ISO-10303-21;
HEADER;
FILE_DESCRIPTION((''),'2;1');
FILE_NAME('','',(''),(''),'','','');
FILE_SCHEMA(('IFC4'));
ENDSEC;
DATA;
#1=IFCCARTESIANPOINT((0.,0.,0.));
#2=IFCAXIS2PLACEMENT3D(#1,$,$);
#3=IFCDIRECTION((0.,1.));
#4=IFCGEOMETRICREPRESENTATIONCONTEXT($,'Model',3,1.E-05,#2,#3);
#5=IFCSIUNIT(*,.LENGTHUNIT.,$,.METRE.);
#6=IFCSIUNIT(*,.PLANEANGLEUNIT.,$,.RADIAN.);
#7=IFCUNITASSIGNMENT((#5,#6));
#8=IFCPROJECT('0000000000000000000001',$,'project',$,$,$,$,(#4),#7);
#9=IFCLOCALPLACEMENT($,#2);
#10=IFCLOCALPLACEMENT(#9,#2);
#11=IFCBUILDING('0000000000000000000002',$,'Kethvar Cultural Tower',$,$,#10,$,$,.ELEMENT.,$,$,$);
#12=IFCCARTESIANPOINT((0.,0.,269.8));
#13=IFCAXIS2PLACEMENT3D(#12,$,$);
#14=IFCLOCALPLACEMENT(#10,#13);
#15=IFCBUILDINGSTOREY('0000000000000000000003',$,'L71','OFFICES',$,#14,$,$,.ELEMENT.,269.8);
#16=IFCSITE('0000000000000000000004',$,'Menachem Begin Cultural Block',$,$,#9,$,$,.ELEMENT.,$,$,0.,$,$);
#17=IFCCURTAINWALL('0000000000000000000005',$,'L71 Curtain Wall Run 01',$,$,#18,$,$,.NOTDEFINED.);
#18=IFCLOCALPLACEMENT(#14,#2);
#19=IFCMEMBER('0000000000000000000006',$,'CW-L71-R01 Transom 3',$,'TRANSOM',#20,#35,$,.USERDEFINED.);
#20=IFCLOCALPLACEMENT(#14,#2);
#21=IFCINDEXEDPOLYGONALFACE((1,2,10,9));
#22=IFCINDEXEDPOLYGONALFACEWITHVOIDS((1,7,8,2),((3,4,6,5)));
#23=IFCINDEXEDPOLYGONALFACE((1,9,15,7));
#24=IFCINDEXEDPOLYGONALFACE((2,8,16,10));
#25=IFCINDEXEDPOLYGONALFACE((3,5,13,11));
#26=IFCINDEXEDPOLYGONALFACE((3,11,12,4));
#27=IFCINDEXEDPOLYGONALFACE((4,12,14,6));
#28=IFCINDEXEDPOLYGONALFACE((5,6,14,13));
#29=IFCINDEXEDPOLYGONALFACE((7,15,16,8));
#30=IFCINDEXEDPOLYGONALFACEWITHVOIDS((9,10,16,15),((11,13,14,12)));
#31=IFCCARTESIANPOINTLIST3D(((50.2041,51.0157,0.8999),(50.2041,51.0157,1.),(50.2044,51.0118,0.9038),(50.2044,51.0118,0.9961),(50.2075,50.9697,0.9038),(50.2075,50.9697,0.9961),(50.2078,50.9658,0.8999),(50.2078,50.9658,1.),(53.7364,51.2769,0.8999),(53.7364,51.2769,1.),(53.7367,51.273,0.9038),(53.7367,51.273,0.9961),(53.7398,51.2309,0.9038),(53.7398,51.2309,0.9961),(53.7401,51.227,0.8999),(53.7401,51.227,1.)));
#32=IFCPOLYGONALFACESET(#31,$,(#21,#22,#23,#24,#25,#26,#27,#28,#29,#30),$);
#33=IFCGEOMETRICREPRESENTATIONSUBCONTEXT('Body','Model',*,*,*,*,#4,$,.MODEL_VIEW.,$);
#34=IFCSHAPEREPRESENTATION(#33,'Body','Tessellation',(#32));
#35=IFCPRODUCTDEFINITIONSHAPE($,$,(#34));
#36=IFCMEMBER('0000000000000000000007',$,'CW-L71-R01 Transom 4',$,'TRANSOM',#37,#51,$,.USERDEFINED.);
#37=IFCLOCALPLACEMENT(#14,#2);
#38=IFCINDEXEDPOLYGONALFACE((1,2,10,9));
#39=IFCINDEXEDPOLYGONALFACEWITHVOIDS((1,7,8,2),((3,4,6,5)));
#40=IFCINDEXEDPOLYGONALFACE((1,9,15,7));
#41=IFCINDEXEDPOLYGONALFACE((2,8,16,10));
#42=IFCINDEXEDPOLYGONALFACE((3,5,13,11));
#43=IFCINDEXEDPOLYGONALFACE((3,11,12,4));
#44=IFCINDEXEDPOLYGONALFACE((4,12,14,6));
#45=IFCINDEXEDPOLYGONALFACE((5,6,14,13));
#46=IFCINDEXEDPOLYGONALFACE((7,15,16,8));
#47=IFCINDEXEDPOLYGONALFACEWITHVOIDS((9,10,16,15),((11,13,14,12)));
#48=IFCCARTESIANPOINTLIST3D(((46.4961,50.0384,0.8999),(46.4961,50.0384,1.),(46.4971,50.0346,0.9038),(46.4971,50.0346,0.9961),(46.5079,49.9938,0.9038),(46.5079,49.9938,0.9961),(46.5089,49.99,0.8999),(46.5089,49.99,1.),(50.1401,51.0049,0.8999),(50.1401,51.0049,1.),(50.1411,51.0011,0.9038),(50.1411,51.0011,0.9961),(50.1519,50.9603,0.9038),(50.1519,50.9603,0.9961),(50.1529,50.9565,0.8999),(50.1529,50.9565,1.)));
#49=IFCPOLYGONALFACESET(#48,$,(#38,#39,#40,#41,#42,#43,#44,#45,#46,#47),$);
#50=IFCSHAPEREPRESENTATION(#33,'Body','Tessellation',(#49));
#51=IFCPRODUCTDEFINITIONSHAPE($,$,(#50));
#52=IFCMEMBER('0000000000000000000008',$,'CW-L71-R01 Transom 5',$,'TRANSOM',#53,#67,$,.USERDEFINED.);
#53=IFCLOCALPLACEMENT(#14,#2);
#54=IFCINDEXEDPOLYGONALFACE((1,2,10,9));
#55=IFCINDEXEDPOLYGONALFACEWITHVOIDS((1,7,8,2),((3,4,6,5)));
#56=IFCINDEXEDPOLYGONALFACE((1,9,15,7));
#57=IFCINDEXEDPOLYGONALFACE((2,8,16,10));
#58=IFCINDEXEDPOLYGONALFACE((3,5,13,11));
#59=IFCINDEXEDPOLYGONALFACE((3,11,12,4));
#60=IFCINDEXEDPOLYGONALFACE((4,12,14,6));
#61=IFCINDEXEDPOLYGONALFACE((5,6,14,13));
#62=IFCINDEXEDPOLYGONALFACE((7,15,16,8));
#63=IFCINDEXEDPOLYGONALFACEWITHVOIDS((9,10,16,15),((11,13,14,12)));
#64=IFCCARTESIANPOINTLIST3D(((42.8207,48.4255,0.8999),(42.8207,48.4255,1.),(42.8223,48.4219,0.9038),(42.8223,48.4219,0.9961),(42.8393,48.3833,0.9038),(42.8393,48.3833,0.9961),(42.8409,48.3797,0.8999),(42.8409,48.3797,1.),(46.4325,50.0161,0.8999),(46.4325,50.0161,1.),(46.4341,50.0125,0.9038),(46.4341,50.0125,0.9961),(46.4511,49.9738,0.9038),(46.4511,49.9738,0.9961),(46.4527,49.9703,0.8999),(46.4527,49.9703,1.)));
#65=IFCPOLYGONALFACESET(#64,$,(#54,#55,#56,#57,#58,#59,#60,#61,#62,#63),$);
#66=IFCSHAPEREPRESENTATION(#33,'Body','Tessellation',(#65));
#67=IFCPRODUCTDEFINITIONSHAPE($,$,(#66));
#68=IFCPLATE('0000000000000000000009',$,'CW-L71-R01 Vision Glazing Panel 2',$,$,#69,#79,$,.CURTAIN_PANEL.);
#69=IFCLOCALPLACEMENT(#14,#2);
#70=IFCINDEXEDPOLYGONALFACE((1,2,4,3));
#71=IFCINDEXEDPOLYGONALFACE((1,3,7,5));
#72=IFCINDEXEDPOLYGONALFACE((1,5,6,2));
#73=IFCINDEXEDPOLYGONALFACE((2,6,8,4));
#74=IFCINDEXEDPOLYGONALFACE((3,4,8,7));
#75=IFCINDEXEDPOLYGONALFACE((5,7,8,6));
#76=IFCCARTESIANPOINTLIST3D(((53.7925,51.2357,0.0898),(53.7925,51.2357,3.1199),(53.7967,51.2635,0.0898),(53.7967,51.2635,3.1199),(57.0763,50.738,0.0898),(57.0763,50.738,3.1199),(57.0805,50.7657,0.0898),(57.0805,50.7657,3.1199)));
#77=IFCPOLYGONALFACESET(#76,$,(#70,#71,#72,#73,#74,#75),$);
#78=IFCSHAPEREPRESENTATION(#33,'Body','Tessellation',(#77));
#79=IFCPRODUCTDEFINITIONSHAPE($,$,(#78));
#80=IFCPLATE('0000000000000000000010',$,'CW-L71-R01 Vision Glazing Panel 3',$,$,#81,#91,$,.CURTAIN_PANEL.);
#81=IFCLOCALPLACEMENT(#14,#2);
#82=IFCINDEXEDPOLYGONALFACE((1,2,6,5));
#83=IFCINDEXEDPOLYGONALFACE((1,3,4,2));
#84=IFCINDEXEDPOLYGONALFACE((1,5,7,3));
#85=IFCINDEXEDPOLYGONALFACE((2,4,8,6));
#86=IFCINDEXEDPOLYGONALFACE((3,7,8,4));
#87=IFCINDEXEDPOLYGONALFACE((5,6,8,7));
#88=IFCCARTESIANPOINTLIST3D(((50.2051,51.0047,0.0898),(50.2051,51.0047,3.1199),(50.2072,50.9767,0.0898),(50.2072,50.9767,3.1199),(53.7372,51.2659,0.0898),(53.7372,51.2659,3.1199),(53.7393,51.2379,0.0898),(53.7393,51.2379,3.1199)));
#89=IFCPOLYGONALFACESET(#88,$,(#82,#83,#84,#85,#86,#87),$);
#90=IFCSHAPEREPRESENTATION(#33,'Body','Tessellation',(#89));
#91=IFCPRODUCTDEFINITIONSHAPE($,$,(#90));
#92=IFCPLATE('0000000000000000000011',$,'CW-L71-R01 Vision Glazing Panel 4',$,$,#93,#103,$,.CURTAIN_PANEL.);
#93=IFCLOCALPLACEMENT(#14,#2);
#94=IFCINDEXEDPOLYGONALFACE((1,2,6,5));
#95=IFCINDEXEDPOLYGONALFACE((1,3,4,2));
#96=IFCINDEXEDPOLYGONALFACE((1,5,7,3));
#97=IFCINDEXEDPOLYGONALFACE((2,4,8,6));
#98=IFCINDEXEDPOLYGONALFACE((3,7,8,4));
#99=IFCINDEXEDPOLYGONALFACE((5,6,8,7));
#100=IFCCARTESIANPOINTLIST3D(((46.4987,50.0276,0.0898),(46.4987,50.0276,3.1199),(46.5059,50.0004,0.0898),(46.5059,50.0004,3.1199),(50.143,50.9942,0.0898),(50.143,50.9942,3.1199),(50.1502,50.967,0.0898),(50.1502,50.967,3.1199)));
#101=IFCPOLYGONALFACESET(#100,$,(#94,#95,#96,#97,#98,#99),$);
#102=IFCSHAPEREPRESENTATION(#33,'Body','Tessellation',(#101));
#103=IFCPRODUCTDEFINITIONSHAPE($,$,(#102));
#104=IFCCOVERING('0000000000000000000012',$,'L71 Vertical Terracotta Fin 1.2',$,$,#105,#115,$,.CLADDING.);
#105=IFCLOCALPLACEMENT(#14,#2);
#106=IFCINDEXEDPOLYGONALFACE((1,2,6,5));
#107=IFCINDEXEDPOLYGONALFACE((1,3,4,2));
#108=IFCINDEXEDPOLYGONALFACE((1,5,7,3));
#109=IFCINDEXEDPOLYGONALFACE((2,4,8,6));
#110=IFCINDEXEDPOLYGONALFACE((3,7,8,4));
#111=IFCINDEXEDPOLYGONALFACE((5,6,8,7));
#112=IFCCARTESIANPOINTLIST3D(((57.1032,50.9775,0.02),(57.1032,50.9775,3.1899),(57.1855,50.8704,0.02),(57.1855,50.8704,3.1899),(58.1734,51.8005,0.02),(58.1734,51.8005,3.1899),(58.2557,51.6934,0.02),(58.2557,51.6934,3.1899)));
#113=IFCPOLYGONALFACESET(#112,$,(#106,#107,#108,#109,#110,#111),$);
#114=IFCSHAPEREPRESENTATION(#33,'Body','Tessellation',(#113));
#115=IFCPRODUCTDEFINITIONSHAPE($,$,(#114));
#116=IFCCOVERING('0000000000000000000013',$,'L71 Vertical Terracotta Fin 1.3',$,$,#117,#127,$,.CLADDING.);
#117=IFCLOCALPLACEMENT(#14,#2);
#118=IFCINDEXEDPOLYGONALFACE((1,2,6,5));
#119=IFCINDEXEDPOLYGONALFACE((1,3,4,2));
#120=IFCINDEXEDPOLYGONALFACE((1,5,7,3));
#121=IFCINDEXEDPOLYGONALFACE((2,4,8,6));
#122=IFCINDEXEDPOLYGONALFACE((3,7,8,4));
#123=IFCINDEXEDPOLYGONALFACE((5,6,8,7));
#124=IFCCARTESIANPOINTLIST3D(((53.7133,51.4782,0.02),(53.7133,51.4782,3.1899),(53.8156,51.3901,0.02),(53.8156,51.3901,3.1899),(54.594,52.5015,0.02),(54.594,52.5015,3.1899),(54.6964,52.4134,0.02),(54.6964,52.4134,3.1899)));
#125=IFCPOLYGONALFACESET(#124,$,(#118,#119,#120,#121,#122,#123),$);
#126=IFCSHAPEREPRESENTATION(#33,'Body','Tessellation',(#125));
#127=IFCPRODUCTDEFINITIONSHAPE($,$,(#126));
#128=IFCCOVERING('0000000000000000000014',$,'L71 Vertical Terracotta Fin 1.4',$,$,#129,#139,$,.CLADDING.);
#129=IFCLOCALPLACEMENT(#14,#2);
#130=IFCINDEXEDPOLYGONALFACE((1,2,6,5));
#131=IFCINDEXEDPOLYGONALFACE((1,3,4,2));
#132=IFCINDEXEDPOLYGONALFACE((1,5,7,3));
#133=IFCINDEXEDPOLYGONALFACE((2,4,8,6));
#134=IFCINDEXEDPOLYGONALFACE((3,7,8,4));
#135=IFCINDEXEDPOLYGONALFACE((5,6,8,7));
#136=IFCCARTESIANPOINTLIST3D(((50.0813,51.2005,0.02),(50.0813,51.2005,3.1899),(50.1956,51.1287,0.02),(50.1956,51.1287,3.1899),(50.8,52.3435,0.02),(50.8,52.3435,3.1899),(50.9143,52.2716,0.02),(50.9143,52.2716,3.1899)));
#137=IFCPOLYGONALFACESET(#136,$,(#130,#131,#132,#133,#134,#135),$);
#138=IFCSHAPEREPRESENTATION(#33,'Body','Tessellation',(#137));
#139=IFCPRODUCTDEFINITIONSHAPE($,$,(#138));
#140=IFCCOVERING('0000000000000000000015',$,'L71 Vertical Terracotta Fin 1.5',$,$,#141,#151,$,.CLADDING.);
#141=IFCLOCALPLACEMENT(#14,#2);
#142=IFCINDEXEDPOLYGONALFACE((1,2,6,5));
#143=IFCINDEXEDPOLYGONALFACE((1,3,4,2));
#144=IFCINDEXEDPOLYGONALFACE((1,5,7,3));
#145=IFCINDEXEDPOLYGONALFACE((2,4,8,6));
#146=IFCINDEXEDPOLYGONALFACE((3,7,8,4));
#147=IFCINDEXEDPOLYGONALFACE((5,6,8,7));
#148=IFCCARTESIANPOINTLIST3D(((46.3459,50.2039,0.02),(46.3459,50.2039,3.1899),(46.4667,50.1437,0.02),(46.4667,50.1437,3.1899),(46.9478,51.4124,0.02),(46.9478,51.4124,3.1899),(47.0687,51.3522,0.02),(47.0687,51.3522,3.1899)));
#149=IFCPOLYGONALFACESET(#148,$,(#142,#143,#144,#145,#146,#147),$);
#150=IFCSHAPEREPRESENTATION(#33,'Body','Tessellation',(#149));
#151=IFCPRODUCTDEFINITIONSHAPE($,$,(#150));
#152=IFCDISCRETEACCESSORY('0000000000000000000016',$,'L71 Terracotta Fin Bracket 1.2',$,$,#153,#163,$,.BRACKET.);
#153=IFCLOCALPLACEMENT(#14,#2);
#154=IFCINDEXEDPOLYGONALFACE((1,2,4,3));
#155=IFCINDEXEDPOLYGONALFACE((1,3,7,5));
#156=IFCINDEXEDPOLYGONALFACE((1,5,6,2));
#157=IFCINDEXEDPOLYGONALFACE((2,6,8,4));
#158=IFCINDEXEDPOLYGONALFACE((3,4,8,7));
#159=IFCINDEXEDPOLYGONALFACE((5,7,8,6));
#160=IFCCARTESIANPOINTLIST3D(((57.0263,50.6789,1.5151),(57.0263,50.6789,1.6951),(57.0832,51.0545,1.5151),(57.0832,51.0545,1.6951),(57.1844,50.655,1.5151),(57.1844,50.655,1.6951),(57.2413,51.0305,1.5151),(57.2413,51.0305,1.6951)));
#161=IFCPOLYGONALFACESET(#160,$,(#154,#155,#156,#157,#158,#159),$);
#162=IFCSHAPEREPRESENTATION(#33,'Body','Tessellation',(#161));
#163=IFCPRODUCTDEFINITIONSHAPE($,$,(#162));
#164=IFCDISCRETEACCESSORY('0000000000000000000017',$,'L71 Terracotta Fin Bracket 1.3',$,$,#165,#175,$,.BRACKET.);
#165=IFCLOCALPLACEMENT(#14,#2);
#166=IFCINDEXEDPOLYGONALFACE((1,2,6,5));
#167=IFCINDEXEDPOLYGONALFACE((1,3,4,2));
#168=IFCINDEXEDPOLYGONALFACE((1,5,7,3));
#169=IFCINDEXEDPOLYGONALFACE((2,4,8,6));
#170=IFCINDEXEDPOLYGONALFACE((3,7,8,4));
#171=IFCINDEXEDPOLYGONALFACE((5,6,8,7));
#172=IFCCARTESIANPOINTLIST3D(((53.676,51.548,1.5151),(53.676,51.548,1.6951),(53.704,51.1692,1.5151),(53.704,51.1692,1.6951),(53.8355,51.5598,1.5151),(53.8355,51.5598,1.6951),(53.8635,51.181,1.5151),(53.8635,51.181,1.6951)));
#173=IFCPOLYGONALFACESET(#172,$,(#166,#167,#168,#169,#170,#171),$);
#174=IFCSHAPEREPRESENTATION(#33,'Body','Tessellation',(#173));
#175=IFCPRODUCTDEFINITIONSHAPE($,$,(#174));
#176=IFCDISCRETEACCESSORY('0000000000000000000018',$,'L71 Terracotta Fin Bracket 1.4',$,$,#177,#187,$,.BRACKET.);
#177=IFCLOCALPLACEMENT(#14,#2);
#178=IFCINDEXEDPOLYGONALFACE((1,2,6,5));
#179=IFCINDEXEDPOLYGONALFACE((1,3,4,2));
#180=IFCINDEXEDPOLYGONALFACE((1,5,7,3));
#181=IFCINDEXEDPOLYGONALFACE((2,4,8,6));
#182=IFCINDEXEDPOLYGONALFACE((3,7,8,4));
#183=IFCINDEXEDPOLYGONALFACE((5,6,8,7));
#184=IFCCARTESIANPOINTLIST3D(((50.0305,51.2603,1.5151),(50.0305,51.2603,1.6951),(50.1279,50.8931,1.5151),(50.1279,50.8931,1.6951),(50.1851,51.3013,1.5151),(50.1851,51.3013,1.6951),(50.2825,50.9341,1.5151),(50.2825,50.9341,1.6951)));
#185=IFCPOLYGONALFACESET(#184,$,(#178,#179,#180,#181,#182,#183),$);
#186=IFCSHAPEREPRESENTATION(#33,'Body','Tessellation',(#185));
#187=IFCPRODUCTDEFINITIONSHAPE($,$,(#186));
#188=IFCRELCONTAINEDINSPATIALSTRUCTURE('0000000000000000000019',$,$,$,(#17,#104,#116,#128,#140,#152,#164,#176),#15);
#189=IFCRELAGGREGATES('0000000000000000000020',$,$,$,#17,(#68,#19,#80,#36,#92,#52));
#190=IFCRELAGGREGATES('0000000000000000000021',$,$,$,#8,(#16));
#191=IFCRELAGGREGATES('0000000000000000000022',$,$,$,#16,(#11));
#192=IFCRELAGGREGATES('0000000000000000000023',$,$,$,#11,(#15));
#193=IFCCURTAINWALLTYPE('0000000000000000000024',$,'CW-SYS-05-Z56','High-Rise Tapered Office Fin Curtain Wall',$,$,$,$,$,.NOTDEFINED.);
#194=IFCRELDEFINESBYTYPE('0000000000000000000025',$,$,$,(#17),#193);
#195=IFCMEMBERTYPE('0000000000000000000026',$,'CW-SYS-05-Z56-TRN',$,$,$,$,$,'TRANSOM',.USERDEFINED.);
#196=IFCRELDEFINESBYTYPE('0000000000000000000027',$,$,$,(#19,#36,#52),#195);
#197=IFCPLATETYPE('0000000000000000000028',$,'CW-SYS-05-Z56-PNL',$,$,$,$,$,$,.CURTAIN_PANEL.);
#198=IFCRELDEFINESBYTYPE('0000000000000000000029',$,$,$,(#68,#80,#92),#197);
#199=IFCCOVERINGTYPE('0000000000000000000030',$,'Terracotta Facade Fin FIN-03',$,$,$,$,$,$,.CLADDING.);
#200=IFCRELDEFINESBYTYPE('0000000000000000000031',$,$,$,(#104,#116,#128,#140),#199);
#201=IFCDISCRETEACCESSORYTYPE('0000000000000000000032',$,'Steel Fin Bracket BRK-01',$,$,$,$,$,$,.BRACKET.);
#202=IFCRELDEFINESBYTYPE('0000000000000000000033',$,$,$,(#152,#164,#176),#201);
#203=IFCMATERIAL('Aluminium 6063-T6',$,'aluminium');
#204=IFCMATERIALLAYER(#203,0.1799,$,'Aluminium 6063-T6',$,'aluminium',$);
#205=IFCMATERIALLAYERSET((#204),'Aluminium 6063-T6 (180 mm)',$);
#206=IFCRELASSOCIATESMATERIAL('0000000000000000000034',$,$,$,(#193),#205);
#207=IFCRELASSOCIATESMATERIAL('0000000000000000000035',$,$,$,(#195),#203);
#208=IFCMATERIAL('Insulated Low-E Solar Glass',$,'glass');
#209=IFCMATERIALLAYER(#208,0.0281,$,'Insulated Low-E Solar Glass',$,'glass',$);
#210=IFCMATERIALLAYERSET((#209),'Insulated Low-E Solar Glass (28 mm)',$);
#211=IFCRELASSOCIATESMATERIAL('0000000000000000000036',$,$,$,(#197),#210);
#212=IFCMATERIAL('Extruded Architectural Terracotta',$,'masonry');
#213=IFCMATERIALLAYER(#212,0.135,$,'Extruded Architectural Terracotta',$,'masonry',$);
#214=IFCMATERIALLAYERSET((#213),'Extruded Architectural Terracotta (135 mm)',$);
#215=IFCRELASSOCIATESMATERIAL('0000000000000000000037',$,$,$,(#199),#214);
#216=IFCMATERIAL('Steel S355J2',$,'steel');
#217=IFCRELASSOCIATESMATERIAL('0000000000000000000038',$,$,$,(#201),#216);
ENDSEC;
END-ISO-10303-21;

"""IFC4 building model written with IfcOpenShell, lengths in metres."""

from ifc_helpers import new_model, si_unit, direction, frame, origin, origin_2d, place, context, subcontext, project, spatial, rectangle, hollow_rectangle, extrude, source, transform, mapped, material, layer, layer_set, material_profile, profile_set, type_object, element, aggregate, save


model = new_model("IFC4")

# Units and contexts
model_context = context("Model", 3, precision=1e-05, world=origin(), true_north=direction((0.0, 1.0)))
body_context = subcontext(model_context, "Body", "Model", "MODEL_VIEW")
ifc_project = project(units=[si_unit("LENGTHUNIT", "METRE"), si_unit("PLANEANGLEUNIT", "RADIAN")], contexts=[model_context])

# Site, building, storey
site_placement = place(None, origin())
site = spatial("IfcSite", under=ifc_project, at=site_placement, Name="Menachem Begin Cultural Block", CompositionType="ELEMENT", RefElevation=0.0)
building_placement = place(site_placement, origin())
building = spatial("IfcBuilding", under=site, at=building_placement, Name="Kethvar Cultural Tower", CompositionType="ELEMENT")
storey_placement = place(building_placement, frame((0.0, 0.0, 269.8)))
storey = spatial("IfcBuildingStorey", under=building, at=storey_placement, Name="L71", Description="OFFICES", CompositionType="ELEMENT", Elevation=269.8)

# Shared definitions
ifc_material_1 = material(Name="Steel S355J2", Category="steel")

# Curtain wall, members, plates
ifc_material_2 = material(Name="Aluminium 6063-T6", Category="aluminium")
ifc_layer_1 = layer(ifc_material_2, 0.1799, Name="Aluminium 6063-T6", Category="aluminium")
ifc_layer_set_1 = layer_set([ifc_layer_1], Name="Aluminium 6063-T6 (180 mm)")
curtain_wall_type = type_object("IfcCurtainWallType", Name="CW-SYS-05-Z56", Description="High-Rise Tapered Office Fin Curtain Wall", PredefinedType="NOTDEFINED", material=ifc_layer_set_1)
curtain_wall_placement = place(storey_placement, origin())
curtain_wall = element("IfcCurtainWall", 1, at=curtain_wall_placement, inside=storey, type_object=curtain_wall_type, Name="L71 Curtain Wall Run 01", PredefinedType="NOTDEFINED")
ifc_material_profile_1 = material_profile(ifc_material_2, hollow_rectangle(XDim=0.05, YDim=0.1001, WallThickness=0.0039, at=origin_2d()), Name="Aluminium 6063-T6 — RHS100x50x4")
ifc_profile_set_1 = profile_set([ifc_material_profile_1], Name="Aluminium 6063-T6 — RHS100x50x4")
member_type_1 = type_object("IfcMemberType", Name="CW-SYS-05-Z56-TRN", ElementType="TRANSOM", PredefinedType="USERDEFINED", material=ifc_profile_set_1)
shared_shape_1 = source(origin(), body_context, "Body", "SweptSolid", [
    extrude(hollow_rectangle(XDim=0.05, YDim=0.1001, WallThickness=0.0039, at=origin_2d()), origin(), (0.0, 0.0, 1.0), 3.542),
])
member_1_placement = place(storey_placement, frame((53.7383, 51.252, 0.95), z_axis=(-0.997276, -0.073755, 0.0), x_axis=(0.073755, -0.997276, 0.0)))
member_1 = element("IfcMember", 2, at=member_1_placement, type_object=member_type_1, Name="CW-L71-R01 Transom 3", ObjectType="TRANSOM", PredefinedType="USERDEFINED", context=body_context, shape_type="MappedRepresentation", body=[
    mapped(shared_shape_1, transform((0.0, 0.0, 0.0), scale=1.0)),
])
shared_shape_2 = source(origin(), body_context, "Body", "SweptSolid", [
    extrude(hollow_rectangle(XDim=0.05, YDim=0.1001, WallThickness=0.0039, at=origin_2d()), origin(), (0.0, 0.0, 1.0), 3.77),
])
member_2_placement = place(storey_placement, frame((50.1465, 50.9807, 0.95), z_axis=(-0.966577, -0.256377, 0.0), x_axis=(0.256377, -0.966577, 0.0)))
member_2 = element("IfcMember", 3, at=member_2_placement, type_object=member_type_1, Name="CW-L71-R01 Transom 4", ObjectType="TRANSOM", PredefinedType="USERDEFINED", context=body_context, shape_type="MappedRepresentation", body=[
    mapped(shared_shape_2, transform((0.0, 0.0, 0.0), scale=1.0)),
])
shared_shape_3 = source(origin(), body_context, "Body", "SweptSolid", [
    extrude(hollow_rectangle(XDim=0.05, YDim=0.1001, WallThickness=0.0039, at=origin_2d()), origin(), (0.0, 0.0, 1.0), 3.9465),
])
member_3_placement = place(storey_placement, frame((46.4426, 49.9932, 0.95), z_axis=(-0.915186, -0.403031, 0.0), x_axis=(0.403031, -0.915186, 0.0)))
member_3 = element("IfcMember", 4, at=member_3_placement, type_object=member_type_1, Name="CW-L71-R01 Transom 5", ObjectType="TRANSOM", PredefinedType="USERDEFINED", context=body_context, shape_type="MappedRepresentation", body=[
    mapped(shared_shape_3, transform((0.0, 0.0, 0.0), scale=1.0)),
])
ifc_material_3 = material(Name="Insulated Low-E Solar Glass", Category="glass")
ifc_layer_2 = layer(ifc_material_3, 0.0281, Name="Insulated Low-E Solar Glass", Category="glass")
ifc_layer_set_2 = layer_set([ifc_layer_2], Name="Insulated Low-E Solar Glass (28 mm)")
plate_type = type_object("IfcPlateType", Name="CW-SYS-05-Z56-PNL", PredefinedType="CURTAIN_PANEL", material=ifc_layer_set_2)
shared_shape_4 = source(origin(), body_context, "Body", "SweptSolid", [
    extrude(rectangle(XDim=3.3213, YDim=0.0281, at=origin_2d()), origin(), (0.0, 0.0, 1.0), 3.03),
])
plate_1_placement = place(storey_placement, frame((55.4365, 51.0007, 0.0898), z_axis=(0.0, 0.0, 1.0), x_axis=(-0.988707, 0.149863, 0.0)))
plate_1 = element("IfcPlate", 5, at=plate_1_placement, type_object=plate_type, Name="CW-L71-R01 Vision Glazing Panel 2", PredefinedType="CURTAIN_PANEL", context=body_context, shape_type="MappedRepresentation", body=[
    mapped(shared_shape_4, transform((0.0, 0.0, 0.0), scale=1.0)),
])
shared_shape_5 = source(origin(), body_context, "Body", "SweptSolid", [
    extrude(rectangle(XDim=3.5417, YDim=0.0281, at=origin_2d()), origin(), (0.0, 0.0, 1.0), 3.03),
])
plate_2_placement = place(storey_placement, frame((51.9722, 51.1213, 0.0898), z_axis=(0.0, 0.0, 1.0), x_axis=(-0.997277, -0.073743, 0.0)))
plate_2 = element("IfcPlate", 6, at=plate_2_placement, type_object=plate_type, Name="CW-L71-R01 Vision Glazing Panel 3", PredefinedType="CURTAIN_PANEL", context=body_context, shape_type="MappedRepresentation", body=[
    mapped(shared_shape_5, transform((0.0, 0.0, 0.0), scale=1.0)),
])
shared_shape_6 = source(origin(), body_context, "Body", "SweptSolid", [
    extrude(rectangle(XDim=3.7703, YDim=0.0281, at=origin_2d()), origin(), (0.0, 0.0, 1.0), 3.03),
])
plate_3_placement = place(storey_placement, frame((48.3245, 50.4973, 0.0898), z_axis=(0.0, 0.0, 1.0), x_axis=(-0.966578, -0.256374, 0.0)))
plate_3 = element("IfcPlate", 7, at=plate_3_placement, type_object=plate_type, Name="CW-L71-R01 Vision Glazing Panel 4", PredefinedType="CURTAIN_PANEL", context=body_context, shape_type="MappedRepresentation", body=[
    mapped(shared_shape_6, transform((0.0, 0.0, 0.0), scale=1.0)),
])
aggregate(curtain_wall, [plate_1, member_1, plate_2, member_2, plate_3, member_3])

# Coverings
ifc_material_4 = material(Name="Extruded Architectural Terracotta", Category="masonry")
ifc_layer_3 = layer(ifc_material_4, 0.135, Name="Extruded Architectural Terracotta", Category="masonry")
ifc_layer_set_3 = layer_set([ifc_layer_3], Name="Extruded Architectural Terracotta (135 mm)")
covering_type = type_object("IfcCoveringType", Name="Terracotta Facade Fin FIN-03", PredefinedType="CLADDING", material=ifc_layer_set_3)
shared_shape_7 = source(origin(), body_context, "Body", "SweptSolid", [
    extrude(rectangle(XDim=1.3501, YDim=0.135, at=origin_2d()), origin(), (0.0, 0.0, 1.0), 3.1699),
])
for number, where, z_axis, x_axis, name in (
    (8, (57.6794, 51.3354, 0.02), (0.0, 0.0, 1.0), (0.792715, 0.609592, 0.0), "L71 Vertical Terracotta Fin 1.2"),
    (9, (54.2048, 51.9458, 0.02), (0.0, 0.0, 1.0), (0.652363, 0.757907, 0.0), "L71 Vertical Terracotta Fin 1.3"),
    (10, (50.4978, 51.7361, 0.02), (0.0, 0.0, 1.0), (0.532285, 0.846565, 0.0), "L71 Vertical Terracotta Fin 1.4"),
    (11, (46.7073, 50.7781, 0.02), (0.0, 0.0, 1.0), (0.445885, 0.89509, 0.0), "L71 Vertical Terracotta Fin 1.5"),
):
    element("IfcCovering", number, at=place(storey_placement, frame(where, z_axis=z_axis, x_axis=x_axis)), inside=storey, type_object=covering_type, Name=name, PredefinedType="CLADDING", context=body_context, shape_type="MappedRepresentation", body=[
        mapped(shared_shape_7, transform((0.0, 0.0, 0.0), scale=1.0)),
    ])

# Discrete accessories
discrete_accessory_type = type_object("IfcDiscreteAccessoryType", Name="Steel Fin Bracket BRK-01", PredefinedType="BRACKET", material=ifc_material_1)
shared_shape_8 = source(origin(), body_context, "Body", "SweptSolid", [
    extrude(rectangle(XDim=0.3799, YDim=0.1599, at=origin_2d()), origin(), (0.0, 0.0, 1.0), 0.1799),
])
for number, where, z_axis, x_axis, name in (
    (12, (57.1338, 50.8547, 1.5151), (0.0, 0.0, 1.0), (0.14988, 0.988704, 0.0), "L71 Terracotta Fin Bracket 1.2"),
    (13, (53.7698, 51.3645, 1.5151), (0.0, 0.0, 1.0), (-0.07376, 0.997276, 0.0), "L71 Terracotta Fin Bracket 1.3"),
    (14, (50.1565, 51.0972, 1.5151), (0.0, 0.0, 1.0), (-0.256458, 0.966555, 0.0), "L71 Terracotta Fin Bracket 1.4"),
):
    element("IfcDiscreteAccessory", number, at=place(storey_placement, frame(where, z_axis=z_axis, x_axis=x_axis)), inside=storey, type_object=discrete_accessory_type, Name=name, PredefinedType="BRACKET", context=body_context, shape_type="MappedRepresentation", body=[
        mapped(shared_shape_8, transform((0.0, 0.0, 0.0), scale=1.0)),
    ])

save(model, "model.ifc")
